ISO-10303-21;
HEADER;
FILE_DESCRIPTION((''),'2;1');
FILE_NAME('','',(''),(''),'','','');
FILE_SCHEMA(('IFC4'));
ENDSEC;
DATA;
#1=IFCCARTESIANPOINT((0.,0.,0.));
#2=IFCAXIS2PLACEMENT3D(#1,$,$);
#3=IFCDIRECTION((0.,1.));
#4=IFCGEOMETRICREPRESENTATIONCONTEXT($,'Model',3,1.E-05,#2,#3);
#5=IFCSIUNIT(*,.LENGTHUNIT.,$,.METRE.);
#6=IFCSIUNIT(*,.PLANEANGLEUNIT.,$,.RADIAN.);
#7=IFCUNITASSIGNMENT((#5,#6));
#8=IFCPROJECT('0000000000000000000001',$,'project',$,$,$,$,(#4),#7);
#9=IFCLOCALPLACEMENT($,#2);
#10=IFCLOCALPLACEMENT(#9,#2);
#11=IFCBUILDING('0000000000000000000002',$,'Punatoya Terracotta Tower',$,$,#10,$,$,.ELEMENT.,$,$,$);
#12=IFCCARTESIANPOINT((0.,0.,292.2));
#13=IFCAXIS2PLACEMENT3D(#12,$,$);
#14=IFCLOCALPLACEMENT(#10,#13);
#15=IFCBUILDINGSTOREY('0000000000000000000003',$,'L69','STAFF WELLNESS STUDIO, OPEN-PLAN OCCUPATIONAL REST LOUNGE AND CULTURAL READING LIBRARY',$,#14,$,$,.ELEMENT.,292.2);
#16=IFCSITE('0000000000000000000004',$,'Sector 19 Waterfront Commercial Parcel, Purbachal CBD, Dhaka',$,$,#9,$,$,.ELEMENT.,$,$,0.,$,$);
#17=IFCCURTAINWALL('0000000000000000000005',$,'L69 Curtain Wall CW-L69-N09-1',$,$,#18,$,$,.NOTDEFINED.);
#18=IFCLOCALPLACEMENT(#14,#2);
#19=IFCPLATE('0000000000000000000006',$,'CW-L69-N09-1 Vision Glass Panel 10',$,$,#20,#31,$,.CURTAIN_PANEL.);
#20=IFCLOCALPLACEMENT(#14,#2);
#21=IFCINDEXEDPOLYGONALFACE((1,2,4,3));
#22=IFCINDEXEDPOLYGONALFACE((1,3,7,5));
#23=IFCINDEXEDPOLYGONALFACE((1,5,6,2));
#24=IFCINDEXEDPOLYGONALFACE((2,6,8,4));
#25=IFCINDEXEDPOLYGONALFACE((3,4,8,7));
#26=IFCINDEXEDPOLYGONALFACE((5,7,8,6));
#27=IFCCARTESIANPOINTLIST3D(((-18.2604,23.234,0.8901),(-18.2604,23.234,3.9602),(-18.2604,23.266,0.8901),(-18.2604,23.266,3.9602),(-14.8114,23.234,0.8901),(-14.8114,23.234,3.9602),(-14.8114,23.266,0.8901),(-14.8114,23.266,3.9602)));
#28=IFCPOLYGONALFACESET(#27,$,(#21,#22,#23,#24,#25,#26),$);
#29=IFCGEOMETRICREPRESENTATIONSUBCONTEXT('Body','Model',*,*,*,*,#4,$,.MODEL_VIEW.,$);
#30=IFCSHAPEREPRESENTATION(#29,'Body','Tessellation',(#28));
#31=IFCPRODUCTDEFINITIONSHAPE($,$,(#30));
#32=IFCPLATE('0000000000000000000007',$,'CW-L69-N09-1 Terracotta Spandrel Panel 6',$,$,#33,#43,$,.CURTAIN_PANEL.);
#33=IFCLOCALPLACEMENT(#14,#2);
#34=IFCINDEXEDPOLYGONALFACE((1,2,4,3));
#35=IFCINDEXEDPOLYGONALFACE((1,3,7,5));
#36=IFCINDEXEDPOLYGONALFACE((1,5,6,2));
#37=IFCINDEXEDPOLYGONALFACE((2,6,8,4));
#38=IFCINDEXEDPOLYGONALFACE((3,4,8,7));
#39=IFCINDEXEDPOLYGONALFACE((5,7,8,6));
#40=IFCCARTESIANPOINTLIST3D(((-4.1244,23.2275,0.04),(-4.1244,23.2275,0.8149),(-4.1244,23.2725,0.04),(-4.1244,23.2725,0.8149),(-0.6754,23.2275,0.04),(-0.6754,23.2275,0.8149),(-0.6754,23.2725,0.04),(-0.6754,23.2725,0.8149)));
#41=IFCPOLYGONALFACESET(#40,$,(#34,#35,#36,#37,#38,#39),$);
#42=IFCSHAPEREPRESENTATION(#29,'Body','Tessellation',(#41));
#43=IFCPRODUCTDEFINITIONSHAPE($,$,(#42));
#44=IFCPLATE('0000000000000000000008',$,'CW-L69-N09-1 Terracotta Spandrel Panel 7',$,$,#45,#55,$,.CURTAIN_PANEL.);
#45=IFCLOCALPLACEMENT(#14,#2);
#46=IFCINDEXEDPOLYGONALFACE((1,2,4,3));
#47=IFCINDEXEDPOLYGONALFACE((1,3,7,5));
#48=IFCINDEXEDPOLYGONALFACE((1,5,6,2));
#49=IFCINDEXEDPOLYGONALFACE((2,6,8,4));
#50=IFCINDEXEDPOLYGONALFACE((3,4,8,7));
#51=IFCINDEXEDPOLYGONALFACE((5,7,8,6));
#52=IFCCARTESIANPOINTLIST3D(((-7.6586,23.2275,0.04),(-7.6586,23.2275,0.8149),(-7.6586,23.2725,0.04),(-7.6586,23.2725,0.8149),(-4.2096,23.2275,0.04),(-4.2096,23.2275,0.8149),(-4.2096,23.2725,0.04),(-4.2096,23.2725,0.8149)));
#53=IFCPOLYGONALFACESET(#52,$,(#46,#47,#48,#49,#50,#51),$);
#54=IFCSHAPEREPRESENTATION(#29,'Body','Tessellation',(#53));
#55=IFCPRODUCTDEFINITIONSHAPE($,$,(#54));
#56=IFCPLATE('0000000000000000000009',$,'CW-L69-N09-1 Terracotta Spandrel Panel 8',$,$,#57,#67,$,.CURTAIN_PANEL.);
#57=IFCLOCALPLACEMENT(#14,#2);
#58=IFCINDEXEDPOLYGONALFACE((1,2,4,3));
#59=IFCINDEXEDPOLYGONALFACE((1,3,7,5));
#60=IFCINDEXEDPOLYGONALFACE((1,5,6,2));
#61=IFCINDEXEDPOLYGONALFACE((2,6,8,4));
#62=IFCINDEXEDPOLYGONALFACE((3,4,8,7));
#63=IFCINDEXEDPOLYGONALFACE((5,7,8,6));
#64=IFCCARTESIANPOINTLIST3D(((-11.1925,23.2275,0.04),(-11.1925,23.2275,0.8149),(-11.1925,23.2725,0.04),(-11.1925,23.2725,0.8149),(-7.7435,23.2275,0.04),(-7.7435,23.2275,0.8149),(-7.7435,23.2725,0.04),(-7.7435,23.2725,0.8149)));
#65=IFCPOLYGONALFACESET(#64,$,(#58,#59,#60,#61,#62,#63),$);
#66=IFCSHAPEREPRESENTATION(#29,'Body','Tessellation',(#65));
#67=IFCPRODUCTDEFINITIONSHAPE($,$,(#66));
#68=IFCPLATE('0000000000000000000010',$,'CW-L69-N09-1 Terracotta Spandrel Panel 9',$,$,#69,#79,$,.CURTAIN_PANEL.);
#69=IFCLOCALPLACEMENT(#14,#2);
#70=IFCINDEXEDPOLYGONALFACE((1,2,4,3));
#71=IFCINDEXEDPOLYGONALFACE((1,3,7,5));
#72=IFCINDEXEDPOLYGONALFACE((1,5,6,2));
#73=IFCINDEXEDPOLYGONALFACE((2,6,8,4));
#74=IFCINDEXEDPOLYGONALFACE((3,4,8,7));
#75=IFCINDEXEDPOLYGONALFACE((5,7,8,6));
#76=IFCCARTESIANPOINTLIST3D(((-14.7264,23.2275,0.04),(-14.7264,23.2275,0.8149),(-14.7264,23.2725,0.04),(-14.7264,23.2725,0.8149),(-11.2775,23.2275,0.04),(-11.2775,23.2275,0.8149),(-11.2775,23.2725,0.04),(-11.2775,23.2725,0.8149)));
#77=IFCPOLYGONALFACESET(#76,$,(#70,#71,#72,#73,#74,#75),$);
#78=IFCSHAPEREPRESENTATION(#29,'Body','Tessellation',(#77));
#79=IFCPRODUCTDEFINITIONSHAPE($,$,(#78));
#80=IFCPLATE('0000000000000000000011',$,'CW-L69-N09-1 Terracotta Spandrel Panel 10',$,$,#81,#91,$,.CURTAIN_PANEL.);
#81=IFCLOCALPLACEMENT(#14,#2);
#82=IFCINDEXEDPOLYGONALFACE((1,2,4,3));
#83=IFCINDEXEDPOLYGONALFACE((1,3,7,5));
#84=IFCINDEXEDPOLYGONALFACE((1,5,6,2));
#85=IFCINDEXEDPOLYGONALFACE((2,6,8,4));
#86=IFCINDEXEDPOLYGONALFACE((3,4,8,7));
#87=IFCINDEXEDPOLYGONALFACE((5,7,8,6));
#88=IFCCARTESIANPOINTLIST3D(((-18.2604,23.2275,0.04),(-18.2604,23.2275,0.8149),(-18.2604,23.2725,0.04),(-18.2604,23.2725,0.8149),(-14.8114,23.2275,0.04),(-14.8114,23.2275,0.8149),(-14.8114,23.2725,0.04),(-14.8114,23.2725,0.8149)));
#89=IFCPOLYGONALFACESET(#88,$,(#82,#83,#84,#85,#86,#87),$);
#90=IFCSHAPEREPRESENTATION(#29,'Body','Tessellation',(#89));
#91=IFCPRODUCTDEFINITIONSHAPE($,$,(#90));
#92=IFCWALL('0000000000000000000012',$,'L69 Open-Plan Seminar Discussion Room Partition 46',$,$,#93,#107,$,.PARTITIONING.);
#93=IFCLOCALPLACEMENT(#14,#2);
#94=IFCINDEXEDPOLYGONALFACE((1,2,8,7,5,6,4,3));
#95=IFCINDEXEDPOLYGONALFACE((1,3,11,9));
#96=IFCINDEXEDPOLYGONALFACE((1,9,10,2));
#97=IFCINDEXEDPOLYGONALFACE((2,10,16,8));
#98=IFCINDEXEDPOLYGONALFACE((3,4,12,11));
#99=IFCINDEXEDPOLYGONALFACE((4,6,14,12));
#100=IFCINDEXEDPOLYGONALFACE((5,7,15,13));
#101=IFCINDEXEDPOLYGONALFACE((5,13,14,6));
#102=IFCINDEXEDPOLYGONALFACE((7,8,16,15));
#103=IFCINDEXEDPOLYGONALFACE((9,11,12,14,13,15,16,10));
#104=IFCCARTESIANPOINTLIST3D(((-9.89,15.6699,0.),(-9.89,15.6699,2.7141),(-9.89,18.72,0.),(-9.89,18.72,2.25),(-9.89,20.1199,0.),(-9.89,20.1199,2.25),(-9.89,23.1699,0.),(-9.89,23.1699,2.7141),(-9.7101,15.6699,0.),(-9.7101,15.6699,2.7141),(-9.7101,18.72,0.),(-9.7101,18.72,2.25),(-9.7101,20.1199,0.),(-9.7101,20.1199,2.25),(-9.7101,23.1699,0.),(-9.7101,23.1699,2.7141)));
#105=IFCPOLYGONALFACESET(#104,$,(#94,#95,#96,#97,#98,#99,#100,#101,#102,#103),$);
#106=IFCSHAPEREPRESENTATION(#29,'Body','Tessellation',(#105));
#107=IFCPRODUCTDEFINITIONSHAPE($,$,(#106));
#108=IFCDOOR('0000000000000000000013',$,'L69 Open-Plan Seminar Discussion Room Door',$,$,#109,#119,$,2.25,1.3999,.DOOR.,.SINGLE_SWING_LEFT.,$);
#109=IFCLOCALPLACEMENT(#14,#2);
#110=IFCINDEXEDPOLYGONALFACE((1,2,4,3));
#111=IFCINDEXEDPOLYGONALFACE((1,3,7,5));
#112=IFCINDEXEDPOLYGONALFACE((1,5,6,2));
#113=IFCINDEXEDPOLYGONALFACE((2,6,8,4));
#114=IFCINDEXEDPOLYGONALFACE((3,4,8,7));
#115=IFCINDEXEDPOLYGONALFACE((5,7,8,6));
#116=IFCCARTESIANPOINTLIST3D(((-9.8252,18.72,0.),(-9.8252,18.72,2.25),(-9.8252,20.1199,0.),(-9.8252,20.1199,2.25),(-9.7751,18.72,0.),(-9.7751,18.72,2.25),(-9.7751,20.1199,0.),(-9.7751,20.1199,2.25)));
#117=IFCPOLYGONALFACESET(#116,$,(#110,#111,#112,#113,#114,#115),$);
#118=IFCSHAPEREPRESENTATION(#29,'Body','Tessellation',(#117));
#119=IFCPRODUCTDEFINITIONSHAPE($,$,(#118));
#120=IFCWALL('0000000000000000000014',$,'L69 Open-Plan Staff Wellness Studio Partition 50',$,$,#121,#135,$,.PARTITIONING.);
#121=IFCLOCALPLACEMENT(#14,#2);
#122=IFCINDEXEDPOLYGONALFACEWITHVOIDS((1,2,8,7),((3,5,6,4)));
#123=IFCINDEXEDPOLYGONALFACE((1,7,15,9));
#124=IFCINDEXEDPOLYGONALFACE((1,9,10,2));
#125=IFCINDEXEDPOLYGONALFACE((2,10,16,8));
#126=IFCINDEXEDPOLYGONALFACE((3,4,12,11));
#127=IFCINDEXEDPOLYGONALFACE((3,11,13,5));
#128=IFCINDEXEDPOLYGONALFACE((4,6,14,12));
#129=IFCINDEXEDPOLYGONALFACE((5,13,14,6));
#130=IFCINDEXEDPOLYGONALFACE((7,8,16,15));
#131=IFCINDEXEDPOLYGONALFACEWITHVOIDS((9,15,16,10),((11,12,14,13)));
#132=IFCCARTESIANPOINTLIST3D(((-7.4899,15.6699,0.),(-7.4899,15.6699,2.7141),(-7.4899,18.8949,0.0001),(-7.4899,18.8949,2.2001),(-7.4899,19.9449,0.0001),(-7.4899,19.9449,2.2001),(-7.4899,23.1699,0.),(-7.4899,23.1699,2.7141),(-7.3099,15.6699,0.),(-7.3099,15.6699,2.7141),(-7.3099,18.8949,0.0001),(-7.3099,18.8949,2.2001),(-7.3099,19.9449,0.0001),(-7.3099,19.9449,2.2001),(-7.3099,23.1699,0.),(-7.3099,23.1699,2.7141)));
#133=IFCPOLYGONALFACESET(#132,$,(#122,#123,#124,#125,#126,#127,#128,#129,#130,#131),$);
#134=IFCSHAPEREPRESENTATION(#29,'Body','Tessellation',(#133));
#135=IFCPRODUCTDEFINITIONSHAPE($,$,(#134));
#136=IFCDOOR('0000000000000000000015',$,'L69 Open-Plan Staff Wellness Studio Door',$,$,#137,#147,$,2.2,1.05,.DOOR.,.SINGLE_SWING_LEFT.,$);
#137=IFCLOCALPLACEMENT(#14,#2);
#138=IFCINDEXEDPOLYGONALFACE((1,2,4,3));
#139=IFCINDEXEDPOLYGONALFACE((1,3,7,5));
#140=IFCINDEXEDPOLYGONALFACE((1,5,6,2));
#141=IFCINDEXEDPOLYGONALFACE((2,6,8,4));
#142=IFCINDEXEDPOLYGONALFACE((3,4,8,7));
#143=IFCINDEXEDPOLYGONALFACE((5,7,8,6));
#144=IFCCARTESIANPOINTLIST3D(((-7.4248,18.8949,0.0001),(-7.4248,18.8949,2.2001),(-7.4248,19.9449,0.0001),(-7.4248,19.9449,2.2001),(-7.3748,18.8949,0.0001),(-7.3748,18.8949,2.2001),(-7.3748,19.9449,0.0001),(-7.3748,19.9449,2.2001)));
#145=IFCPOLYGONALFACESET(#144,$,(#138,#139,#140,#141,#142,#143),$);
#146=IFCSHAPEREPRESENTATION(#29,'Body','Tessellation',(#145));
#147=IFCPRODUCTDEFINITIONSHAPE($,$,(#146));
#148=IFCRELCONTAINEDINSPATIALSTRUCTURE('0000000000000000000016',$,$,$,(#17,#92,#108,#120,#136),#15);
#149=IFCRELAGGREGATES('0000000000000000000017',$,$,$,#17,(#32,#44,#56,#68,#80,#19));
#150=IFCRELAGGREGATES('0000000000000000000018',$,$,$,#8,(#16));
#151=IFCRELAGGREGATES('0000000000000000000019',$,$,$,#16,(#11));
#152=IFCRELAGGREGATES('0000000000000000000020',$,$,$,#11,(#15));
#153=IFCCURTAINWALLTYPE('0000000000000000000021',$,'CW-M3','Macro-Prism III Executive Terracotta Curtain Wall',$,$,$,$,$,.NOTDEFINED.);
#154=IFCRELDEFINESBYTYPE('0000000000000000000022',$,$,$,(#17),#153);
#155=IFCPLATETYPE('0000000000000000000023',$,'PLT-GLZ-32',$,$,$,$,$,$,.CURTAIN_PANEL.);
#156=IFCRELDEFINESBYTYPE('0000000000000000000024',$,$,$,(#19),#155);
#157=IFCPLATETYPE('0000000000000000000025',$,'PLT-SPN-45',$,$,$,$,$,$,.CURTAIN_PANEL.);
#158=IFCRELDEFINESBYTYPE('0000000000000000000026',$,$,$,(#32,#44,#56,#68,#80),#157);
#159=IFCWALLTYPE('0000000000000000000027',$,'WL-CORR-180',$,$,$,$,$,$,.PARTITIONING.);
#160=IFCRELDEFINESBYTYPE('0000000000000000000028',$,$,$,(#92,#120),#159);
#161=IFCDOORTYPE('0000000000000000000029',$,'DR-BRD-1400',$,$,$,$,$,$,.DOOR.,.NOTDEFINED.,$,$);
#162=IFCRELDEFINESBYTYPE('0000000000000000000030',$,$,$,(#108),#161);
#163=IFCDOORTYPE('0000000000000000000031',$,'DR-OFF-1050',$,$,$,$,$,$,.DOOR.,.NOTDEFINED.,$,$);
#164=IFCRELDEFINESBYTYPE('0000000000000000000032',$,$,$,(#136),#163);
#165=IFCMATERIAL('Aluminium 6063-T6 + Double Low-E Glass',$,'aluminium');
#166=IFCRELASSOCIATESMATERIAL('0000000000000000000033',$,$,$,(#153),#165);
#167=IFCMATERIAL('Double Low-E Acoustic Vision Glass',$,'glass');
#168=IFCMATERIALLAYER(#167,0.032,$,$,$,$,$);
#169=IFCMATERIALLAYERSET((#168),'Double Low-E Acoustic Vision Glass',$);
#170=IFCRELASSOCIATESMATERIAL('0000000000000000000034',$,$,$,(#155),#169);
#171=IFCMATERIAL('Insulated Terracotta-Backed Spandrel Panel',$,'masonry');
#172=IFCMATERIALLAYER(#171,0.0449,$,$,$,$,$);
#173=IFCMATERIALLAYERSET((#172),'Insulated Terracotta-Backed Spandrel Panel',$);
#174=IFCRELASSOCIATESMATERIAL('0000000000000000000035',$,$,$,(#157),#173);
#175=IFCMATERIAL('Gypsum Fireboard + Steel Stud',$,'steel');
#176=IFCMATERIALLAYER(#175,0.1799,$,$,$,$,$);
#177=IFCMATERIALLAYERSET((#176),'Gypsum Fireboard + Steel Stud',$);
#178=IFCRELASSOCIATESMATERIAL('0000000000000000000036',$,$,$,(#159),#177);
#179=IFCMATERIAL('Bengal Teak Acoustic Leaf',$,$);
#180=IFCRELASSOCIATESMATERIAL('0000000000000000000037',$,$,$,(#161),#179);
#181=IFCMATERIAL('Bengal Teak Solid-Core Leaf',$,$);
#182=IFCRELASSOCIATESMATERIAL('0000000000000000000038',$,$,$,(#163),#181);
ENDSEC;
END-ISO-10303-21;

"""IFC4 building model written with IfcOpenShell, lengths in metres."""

from ifc_helpers import new_model, si_unit, direction, frame, frame_2d, origin, origin_2d, place, context, subcontext, project, spatial, rectangle, extrude, material, layer, layer_set, type_object, element, fill, aggregate, save


model = new_model("IFC4")

# Units and contexts
model_context = context("Model", 3, precision=1e-05, world=origin(), true_north=direction((0.0, 1.0)))
body_context = subcontext(model_context, "Body", "Model", "MODEL_VIEW")
ifc_project = project(units=[si_unit("LENGTHUNIT", "METRE"), si_unit("PLANEANGLEUNIT", "RADIAN")], contexts=[model_context])

# Site, building, storey
site_placement = place(None, origin())
site = spatial("IfcSite", under=ifc_project, at=site_placement, Name="Sector 19 Waterfront Commercial Parcel, Purbachal CBD, Dhaka", CompositionType="ELEMENT", RefElevation=0.0)
building_placement = place(site_placement, origin())
building = spatial("IfcBuilding", under=site, at=building_placement, Name="Punatoya Terracotta Tower", CompositionType="ELEMENT")
storey_placement = place(building_placement, frame((0.0, 0.0, 292.2)))
storey = spatial("IfcBuildingStorey", under=building, at=storey_placement, Name="L69", Description="STAFF WELLNESS STUDIO, OPEN-PLAN OCCUPATIONAL REST LOUNGE AND CULTURAL READING LIBRARY", CompositionType="ELEMENT", Elevation=292.2)

# Curtain wall, plates
ifc_material_1 = material(Name="Aluminium 6063-T6 + Double Low-E Glass", Category="aluminium")
curtain_wall_type = type_object("IfcCurtainWallType", Name="CW-M3", Description="Macro-Prism III Executive Terracotta Curtain Wall", PredefinedType="NOTDEFINED", material=ifc_material_1)
curtain_wall_placement = place(storey_placement, origin())
curtain_wall = element("IfcCurtainWall", 1, at=curtain_wall_placement, inside=storey, type_object=curtain_wall_type, Name="L69 Curtain Wall CW-L69-N09-1", PredefinedType="NOTDEFINED")
ifc_material_2 = material(Name="Double Low-E Acoustic Vision Glass", Category="glass")
ifc_layer_1 = layer(ifc_material_2, 0.032)
ifc_layer_set_1 = layer_set([ifc_layer_1], Name="Double Low-E Acoustic Vision Glass")
plate_type_1 = type_object("IfcPlateType", Name="PLT-GLZ-32", PredefinedType="CURTAIN_PANEL", material=ifc_layer_set_1)
plate_1_placement = place(storey_placement, frame((-16.5359, 23.25, 0.8901), z_axis=(0.0, 0.0, 1.0), x_axis=(-1.0, 0.0, 0.0)))
plate_1 = element("IfcPlate", 2, at=plate_1_placement, type_object=plate_type_1, Name="CW-L69-N09-1 Vision Glass Panel 10", PredefinedType="CURTAIN_PANEL", context=body_context, shape_type="SweptSolid", body=[
    extrude(rectangle(XDim=3.449, YDim=0.032, at=origin_2d()), origin(), (0.0, 0.0, 1.0), 3.0701),
])
ifc_material_3 = material(Name="Insulated Terracotta-Backed Spandrel Panel", Category="masonry")
ifc_layer_2 = layer(ifc_material_3, 0.0449)
ifc_layer_set_2 = layer_set([ifc_layer_2], Name="Insulated Terracotta-Backed Spandrel Panel")
plate_type_2 = type_object("IfcPlateType", Name="PLT-SPN-45", PredefinedType="CURTAIN_PANEL", material=ifc_layer_set_2)
plate_2_placement = place(storey_placement, frame((-2.3999, 23.25, 0.04), z_axis=(0.0, 0.0, 1.0), x_axis=(-1.0, 0.0, 0.0)))
plate_2 = element("IfcPlate", 3, at=plate_2_placement, type_object=plate_type_2, Name="CW-L69-N09-1 Terracotta Spandrel Panel 6", PredefinedType="CURTAIN_PANEL", context=body_context, shape_type="SweptSolid", body=[
    extrude(rectangle(XDim=3.449, YDim=0.0449, at=origin_2d()), origin(), (0.0, 0.0, 1.0), 0.7749),
])
plate_3_placement = place(storey_placement, frame((-5.9341, 23.25, 0.04), z_axis=(0.0, 0.0, 1.0), x_axis=(-1.0, 0.0, 0.0)))
plate_3 = element("IfcPlate", 4, at=plate_3_placement, type_object=plate_type_2, Name="CW-L69-N09-1 Terracotta Spandrel Panel 7", PredefinedType="CURTAIN_PANEL", context=body_context, shape_type="SweptSolid", body=[
    extrude(rectangle(XDim=3.449, YDim=0.0449, at=origin_2d()), origin(), (0.0, 0.0, 1.0), 0.7749),
])
plate_4_placement = place(storey_placement, frame((-9.468, 23.25, 0.04), z_axis=(0.0, 0.0, 1.0), x_axis=(-1.0, 0.0, 0.0)))
plate_4 = element("IfcPlate", 5, at=plate_4_placement, type_object=plate_type_2, Name="CW-L69-N09-1 Terracotta Spandrel Panel 8", PredefinedType="CURTAIN_PANEL", context=body_context, shape_type="SweptSolid", body=[
    extrude(rectangle(XDim=3.449, YDim=0.0449, at=origin_2d()), origin(), (0.0, 0.0, 1.0), 0.7749),
])
plate_5_placement = place(storey_placement, frame((-13.002, 23.25, 0.04), z_axis=(0.0, 0.0, 1.0), x_axis=(-1.0, 0.0, 0.0)))
plate_5 = element("IfcPlate", 6, at=plate_5_placement, type_object=plate_type_2, Name="CW-L69-N09-1 Terracotta Spandrel Panel 9", PredefinedType="CURTAIN_PANEL", context=body_context, shape_type="SweptSolid", body=[
    extrude(rectangle(XDim=3.449, YDim=0.0449, at=origin_2d()), origin(), (0.0, 0.0, 1.0), 0.7749),
])
plate_6_placement = place(storey_placement, frame((-16.5359, 23.25, 0.04), z_axis=(0.0, 0.0, 1.0), x_axis=(-1.0, 0.0, 0.0)))
plate_6 = element("IfcPlate", 7, at=plate_6_placement, type_object=plate_type_2, Name="CW-L69-N09-1 Terracotta Spandrel Panel 10", PredefinedType="CURTAIN_PANEL", context=body_context, shape_type="SweptSolid", body=[
    extrude(rectangle(XDim=3.449, YDim=0.0449, at=origin_2d()), origin(), (0.0, 0.0, 1.0), 0.7749),
])
aggregate(curtain_wall, [plate_2, plate_3, plate_4, plate_5, plate_6, plate_1])

# Walls, openings, doors
ifc_material_4 = material(Name="Gypsum Fireboard + Steel Stud", Category="steel")
ifc_layer_3 = layer(ifc_material_4, 0.1799)
ifc_layer_set_3 = layer_set([ifc_layer_3], Name="Gypsum Fireboard + Steel Stud")
wall_type = type_object("IfcWallType", Name="WL-CORR-180", PredefinedType="PARTITIONING", material=ifc_layer_set_3)
wall_1_placement = place(storey_placement, frame((-9.8, 23.1699, 0.0), z_axis=(0.0, 0.0, 1.0), x_axis=(0.0, -1.0, 0.0)))
wall_1 = element("IfcWall", 8, at=wall_1_placement, inside=storey, type_object=wall_type, Name="L69 Open-Plan Seminar Discussion Room Partition 46", PredefinedType="PARTITIONING", context=body_context, shape_type="SweptSolid", body=[
    extrude(rectangle(XDim=7.5, YDim=0.1799, at=frame_2d((3.75, 0.0))), origin(), (0.0, 0.0, 1.0), 2.7141),
])
opening_1_placement = place(wall_1_placement, frame((3.05, 0.0, 0.0)))
opening_1 = element("IfcOpeningElement", 9, at=opening_1_placement, cuts=wall_1, PredefinedType="OPENING", context=body_context, shape_type="SweptSolid", body=[
    extrude(rectangle(XDim=1.3999, YDim=2.25, at=frame_2d((0.7, 1.125))), frame((0.0, 0.0999, 0.0), z_axis=(0.0, -1.0, 0.0), x_axis=(1.0, 0.0, 0.0)), (0.0, 0.0, 1.0), 0.2),
])
ifc_material_5 = material(Name="Bengal Teak Acoustic Leaf")
door_type_1 = type_object("IfcDoorType", Name="DR-BRD-1400", OperationType="NOTDEFINED", PredefinedType="DOOR", material=ifc_material_5)
door_1_placement = place(opening_1_placement, origin())
door_1 = element("IfcDoor", 10, at=door_1_placement, inside=storey, type_object=door_type_1, Name="L69 Open-Plan Seminar Discussion Room Door", OperationType="SINGLE_SWING_LEFT", OverallHeight=2.25, OverallWidth=1.3999, PredefinedType="DOOR", context=body_context, shape_type="SweptSolid", body=[
    extrude(rectangle(XDim=1.3999, YDim=2.25, at=frame_2d((0.7, 1.125))), frame((0.0, 0.0249, 0.0), z_axis=(0.0, -1.0, 0.0), x_axis=(1.0, 0.0, 0.0)), (0.0, 0.0, 1.0), 0.05),
])
fill(opening_1, door_1)
wall_2_placement = place(storey_placement, frame((-7.3999, 15.6699, 0.0), z_axis=(0.0, 0.0, 1.0), x_axis=(0.0, 1.0, 0.0)))
wall_2 = element("IfcWall", 11, at=wall_2_placement, inside=storey, type_object=wall_type, Name="L69 Open-Plan Staff Wellness Studio Partition 50", PredefinedType="PARTITIONING", context=body_context, shape_type="SweptSolid", body=[
    extrude(rectangle(XDim=7.5, YDim=0.1799, at=frame_2d((3.75, 0.0))), origin(), (0.0, 0.0, 1.0), 2.7141),
])
opening_2_placement = place(wall_2_placement, frame((3.2251, 0.0, 0.0)))
opening_2 = element("IfcOpeningElement", 12, at=opening_2_placement, cuts=wall_2, PredefinedType="OPENING", context=body_context, shape_type="SweptSolid", body=[
    extrude(rectangle(XDim=1.05, YDim=2.2, at=frame_2d((0.5249, 1.1001))), frame((0.0, 0.0999, 0.0), z_axis=(0.0, -1.0, 0.0), x_axis=(1.0, 0.0, 0.0)), (0.0, 0.0, 1.0), 0.2),
])
ifc_material_6 = material(Name="Bengal Teak Solid-Core Leaf")
door_type_2 = type_object("IfcDoorType", Name="DR-OFF-1050", OperationType="NOTDEFINED", PredefinedType="DOOR", material=ifc_material_6)
door_2_placement = place(opening_2_placement, origin())
door_2 = element("IfcDoor", 13, at=door_2_placement, inside=storey, type_object=door_type_2, Name="L69 Open-Plan Staff Wellness Studio Door", OperationType="SINGLE_SWING_LEFT", OverallHeight=2.2, OverallWidth=1.05, PredefinedType="DOOR", context=body_context, shape_type="SweptSolid", body=[
    extrude(rectangle(XDim=1.05, YDim=2.2, at=frame_2d((0.5249, 1.1001))), frame((0.0, 0.0249, 0.0), z_axis=(0.0, -1.0, 0.0), x_axis=(1.0, 0.0, 0.0)), (0.0, 0.0, 1.0), 0.05),
])
fill(opening_2, door_2)

save(model, "model.ifc")
